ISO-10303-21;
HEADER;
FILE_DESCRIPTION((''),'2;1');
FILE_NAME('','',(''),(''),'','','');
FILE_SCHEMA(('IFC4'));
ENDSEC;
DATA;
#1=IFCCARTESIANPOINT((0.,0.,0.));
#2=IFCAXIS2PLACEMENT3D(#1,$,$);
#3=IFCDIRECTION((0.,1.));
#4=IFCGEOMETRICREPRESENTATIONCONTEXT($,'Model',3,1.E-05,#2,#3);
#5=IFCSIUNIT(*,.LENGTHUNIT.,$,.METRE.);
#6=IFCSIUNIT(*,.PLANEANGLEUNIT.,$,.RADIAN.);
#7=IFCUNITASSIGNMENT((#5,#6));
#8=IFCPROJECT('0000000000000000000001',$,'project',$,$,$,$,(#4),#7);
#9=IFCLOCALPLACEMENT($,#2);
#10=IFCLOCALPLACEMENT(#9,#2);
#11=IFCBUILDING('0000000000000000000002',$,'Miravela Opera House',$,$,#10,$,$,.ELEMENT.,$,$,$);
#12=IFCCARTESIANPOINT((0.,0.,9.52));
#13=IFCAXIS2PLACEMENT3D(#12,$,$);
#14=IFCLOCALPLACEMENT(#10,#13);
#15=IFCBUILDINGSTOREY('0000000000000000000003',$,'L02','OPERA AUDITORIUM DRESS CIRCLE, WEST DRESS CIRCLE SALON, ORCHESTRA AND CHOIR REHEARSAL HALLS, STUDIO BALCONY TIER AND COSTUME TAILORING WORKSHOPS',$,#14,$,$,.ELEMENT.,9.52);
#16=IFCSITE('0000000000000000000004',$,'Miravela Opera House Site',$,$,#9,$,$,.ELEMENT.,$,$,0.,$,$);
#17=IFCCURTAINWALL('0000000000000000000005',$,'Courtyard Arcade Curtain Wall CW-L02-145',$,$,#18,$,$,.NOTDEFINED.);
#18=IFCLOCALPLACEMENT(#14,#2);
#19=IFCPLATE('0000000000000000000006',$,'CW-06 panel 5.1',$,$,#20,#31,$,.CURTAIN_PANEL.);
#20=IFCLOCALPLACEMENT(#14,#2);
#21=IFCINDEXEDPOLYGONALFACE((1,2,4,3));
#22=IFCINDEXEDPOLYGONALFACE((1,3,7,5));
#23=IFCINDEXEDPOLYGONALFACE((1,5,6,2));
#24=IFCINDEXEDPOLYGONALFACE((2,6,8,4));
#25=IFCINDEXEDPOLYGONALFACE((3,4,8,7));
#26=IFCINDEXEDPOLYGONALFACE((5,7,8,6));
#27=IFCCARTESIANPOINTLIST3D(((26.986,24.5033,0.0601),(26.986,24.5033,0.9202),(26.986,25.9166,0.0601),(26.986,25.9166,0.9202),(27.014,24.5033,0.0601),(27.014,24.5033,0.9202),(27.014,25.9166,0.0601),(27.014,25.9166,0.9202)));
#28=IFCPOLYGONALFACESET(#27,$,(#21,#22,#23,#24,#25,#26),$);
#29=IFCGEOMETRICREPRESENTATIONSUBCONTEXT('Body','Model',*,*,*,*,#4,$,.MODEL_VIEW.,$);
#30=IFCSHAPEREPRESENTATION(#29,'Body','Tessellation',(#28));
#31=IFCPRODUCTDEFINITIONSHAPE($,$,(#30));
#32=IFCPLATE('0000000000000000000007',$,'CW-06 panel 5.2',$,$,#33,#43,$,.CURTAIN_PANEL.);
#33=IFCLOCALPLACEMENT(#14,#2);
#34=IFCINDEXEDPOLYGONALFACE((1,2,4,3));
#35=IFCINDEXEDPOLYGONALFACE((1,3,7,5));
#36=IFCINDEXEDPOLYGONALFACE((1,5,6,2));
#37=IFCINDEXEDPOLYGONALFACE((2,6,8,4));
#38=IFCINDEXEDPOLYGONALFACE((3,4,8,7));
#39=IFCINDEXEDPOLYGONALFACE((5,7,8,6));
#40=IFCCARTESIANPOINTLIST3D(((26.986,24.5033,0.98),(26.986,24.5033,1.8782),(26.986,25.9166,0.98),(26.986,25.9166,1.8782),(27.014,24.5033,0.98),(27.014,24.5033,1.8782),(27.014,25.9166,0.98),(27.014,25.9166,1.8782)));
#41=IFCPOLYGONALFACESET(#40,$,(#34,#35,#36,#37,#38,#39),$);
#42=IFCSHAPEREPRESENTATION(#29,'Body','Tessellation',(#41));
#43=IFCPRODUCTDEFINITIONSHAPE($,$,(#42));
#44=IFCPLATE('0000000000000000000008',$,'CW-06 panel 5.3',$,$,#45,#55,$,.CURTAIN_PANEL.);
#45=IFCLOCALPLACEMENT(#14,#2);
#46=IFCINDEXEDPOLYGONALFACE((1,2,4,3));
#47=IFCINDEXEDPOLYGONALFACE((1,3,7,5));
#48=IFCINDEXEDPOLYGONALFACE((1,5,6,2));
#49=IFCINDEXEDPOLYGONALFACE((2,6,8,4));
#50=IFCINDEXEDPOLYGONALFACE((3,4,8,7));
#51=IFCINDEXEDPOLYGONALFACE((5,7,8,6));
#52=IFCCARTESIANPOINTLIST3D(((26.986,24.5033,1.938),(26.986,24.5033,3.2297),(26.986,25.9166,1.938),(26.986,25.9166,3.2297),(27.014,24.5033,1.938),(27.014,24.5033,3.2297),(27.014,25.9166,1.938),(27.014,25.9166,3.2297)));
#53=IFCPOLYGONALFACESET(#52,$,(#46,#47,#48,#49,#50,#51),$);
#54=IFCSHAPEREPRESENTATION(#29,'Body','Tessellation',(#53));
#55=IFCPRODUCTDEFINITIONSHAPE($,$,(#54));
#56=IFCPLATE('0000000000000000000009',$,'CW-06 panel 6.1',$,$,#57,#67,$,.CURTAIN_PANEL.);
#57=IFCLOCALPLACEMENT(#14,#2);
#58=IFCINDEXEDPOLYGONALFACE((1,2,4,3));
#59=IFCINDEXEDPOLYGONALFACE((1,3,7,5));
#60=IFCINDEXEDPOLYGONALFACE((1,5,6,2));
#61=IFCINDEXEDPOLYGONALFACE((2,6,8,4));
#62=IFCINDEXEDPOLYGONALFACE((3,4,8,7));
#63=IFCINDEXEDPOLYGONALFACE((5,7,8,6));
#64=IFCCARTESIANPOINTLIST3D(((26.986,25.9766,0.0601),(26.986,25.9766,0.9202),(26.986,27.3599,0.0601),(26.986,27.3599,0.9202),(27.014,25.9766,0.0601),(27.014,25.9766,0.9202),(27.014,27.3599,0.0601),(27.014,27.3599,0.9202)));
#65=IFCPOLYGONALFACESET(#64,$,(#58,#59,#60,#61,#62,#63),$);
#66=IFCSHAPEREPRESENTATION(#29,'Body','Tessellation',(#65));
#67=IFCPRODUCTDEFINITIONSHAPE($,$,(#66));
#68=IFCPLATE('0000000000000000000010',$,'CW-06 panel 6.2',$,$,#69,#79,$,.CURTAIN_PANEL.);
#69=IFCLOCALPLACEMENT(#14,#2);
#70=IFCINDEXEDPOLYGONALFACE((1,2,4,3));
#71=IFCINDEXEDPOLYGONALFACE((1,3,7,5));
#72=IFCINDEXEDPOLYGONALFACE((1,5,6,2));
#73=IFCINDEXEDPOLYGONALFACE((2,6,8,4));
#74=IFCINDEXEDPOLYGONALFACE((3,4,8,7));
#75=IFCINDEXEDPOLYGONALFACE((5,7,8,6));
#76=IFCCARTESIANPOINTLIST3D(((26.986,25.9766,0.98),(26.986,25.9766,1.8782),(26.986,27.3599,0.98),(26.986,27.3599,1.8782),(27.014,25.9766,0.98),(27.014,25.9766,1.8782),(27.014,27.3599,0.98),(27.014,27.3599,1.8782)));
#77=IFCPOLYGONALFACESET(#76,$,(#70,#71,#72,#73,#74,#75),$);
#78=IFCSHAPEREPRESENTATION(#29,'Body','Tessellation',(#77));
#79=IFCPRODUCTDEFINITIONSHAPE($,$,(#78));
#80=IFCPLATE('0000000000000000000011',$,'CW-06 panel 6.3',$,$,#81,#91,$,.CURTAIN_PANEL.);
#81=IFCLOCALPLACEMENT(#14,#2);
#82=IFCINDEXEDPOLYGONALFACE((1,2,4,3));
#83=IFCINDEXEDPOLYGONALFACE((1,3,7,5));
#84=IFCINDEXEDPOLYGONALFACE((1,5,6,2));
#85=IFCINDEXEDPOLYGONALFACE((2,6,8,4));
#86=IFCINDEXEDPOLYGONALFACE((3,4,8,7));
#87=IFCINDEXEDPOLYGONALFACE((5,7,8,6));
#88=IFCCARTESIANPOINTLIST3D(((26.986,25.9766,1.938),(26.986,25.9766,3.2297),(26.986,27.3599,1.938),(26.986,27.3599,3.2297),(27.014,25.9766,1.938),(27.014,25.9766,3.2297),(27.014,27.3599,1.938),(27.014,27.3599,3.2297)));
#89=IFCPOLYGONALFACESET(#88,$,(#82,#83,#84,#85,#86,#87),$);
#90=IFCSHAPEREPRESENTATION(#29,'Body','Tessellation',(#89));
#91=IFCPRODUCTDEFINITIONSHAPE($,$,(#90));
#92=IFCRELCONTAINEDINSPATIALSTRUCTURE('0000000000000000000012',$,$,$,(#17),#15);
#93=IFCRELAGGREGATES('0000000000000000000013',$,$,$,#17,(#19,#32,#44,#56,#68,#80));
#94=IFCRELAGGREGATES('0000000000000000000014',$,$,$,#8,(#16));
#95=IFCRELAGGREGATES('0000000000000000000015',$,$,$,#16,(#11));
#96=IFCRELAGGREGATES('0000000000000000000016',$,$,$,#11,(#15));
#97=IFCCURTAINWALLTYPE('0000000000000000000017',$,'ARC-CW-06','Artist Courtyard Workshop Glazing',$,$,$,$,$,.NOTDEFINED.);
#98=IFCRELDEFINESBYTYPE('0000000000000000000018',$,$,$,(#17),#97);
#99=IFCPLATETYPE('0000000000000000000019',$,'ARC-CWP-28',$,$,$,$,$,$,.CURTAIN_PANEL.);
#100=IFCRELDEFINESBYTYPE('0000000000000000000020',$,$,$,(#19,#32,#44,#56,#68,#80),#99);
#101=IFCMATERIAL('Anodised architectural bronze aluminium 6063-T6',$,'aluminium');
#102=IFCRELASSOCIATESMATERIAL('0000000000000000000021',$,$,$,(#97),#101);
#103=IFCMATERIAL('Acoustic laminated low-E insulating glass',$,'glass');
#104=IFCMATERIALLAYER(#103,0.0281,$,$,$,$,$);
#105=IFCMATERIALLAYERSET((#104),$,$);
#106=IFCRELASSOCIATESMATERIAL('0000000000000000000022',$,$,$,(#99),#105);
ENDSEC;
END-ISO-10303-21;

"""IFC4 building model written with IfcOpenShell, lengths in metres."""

from ifc_helpers import new_model, si_unit, direction, frame, origin, origin_2d, place, context, subcontext, project, spatial, rectangle, extrude, material, layer, layer_set, type_object, element, aggregate, save


model = new_model("IFC4")

# Units and contexts
model_context = context("Model", 3, precision=1e-05, world=origin(), true_north=direction((0.0, 1.0)))
body_context = subcontext(model_context, "Body", "Model", "MODEL_VIEW")
ifc_project = project(units=[si_unit("LENGTHUNIT", "METRE"), si_unit("PLANEANGLEUNIT", "RADIAN")], contexts=[model_context])

# Site, building, storey
site_placement = place(None, origin())
site = spatial("IfcSite", under=ifc_project, at=site_placement, Name="Miravela Opera House Site", CompositionType="ELEMENT", RefElevation=0.0)
building_placement = place(site_placement, origin())
building = spatial("IfcBuilding", under=site, at=building_placement, Name="Miravela Opera House", CompositionType="ELEMENT")
storey_placement = place(building_placement, frame((0.0, 0.0, 9.52)))
storey = spatial("IfcBuildingStorey", under=building, at=storey_placement, Name="L02", Description="OPERA AUDITORIUM DRESS CIRCLE, WEST DRESS CIRCLE SALON, ORCHESTRA AND CHOIR REHEARSAL HALLS, STUDIO BALCONY TIER AND COSTUME TAILORING WORKSHOPS", CompositionType="ELEMENT", Elevation=9.52)

# Curtain wall
ifc_material_1 = material(Name="Anodised architectural bronze aluminium 6063-T6", Category="aluminium")
curtain_wall_type = type_object("IfcCurtainWallType", Name="ARC-CW-06", Description="Artist Courtyard Workshop Glazing", PredefinedType="NOTDEFINED", material=ifc_material_1)
curtain_wall_placement = place(storey_placement, origin())
curtain_wall = element("IfcCurtainWall", 1, at=curtain_wall_placement, inside=storey, type_object=curtain_wall_type, Name="Courtyard Arcade Curtain Wall CW-L02-145", PredefinedType="NOTDEFINED")

# Plates
ifc_material_2 = material(Name="Acoustic laminated low-E insulating glass", Category="glass")
ifc_layer = layer(ifc_material_2, 0.0281)
ifc_layer_set = layer_set([ifc_layer])
plate_type = type_object("IfcPlateType", Name="ARC-CWP-28", PredefinedType="CURTAIN_PANEL", material=ifc_layer_set)
plate_1_placement = place(storey_placement, frame((27.0, 25.21, 0.0601), z_axis=(0.0, 0.0, 1.0), x_axis=(0.0, 1.0, 0.0)))
plate_1 = element("IfcPlate", 2, at=plate_1_placement, type_object=plate_type, Name="CW-06 panel 5.1", PredefinedType="CURTAIN_PANEL", context=body_context, shape_type="SweptSolid", body=[
    extrude(rectangle(XDim=1.4133, YDim=0.0281, at=origin_2d()), origin(), (0.0, 0.0, 1.0), 0.8601),
])
plate_2_placement = place(storey_placement, frame((27.0, 25.21, 0.98), z_axis=(0.0, 0.0, 1.0), x_axis=(0.0, 1.0, 0.0)))
plate_2 = element("IfcPlate", 3, at=plate_2_placement, type_object=plate_type, Name="CW-06 panel 5.2", PredefinedType="CURTAIN_PANEL", context=body_context, shape_type="SweptSolid", body=[
    extrude(rectangle(XDim=1.4133, YDim=0.0281, at=origin_2d()), origin(), (0.0, 0.0, 1.0), 0.8982),
])
plate_3_placement = place(storey_placement, frame((27.0, 25.21, 1.938), z_axis=(0.0, 0.0, 1.0), x_axis=(0.0, 1.0, 0.0)))
plate_3 = element("IfcPlate", 4, at=plate_3_placement, type_object=plate_type, Name="CW-06 panel 5.3", PredefinedType="CURTAIN_PANEL", context=body_context, shape_type="SweptSolid", body=[
    extrude(rectangle(XDim=1.4133, YDim=0.0281, at=origin_2d()), origin(), (0.0, 0.0, 1.0), 1.2917),
])
plate_4_placement = place(storey_placement, frame((27.0, 26.6682, 0.0601), z_axis=(0.0, 0.0, 1.0), x_axis=(0.0, 1.0, 0.0)))
plate_4 = element("IfcPlate", 5, at=plate_4_placement, type_object=plate_type, Name="CW-06 panel 6.1", PredefinedType="CURTAIN_PANEL", context=body_context, shape_type="SweptSolid", body=[
    extrude(rectangle(XDim=1.3833, YDim=0.0281, at=origin_2d()), origin(), (0.0, 0.0, 1.0), 0.8601),
])
plate_5_placement = place(storey_placement, frame((27.0, 26.6682, 0.98), z_axis=(0.0, 0.0, 1.0), x_axis=(0.0, 1.0, 0.0)))
plate_5 = element("IfcPlate", 6, at=plate_5_placement, type_object=plate_type, Name="CW-06 panel 6.2", PredefinedType="CURTAIN_PANEL", context=body_context, shape_type="SweptSolid", body=[
    extrude(rectangle(XDim=1.3833, YDim=0.0281, at=origin_2d()), origin(), (0.0, 0.0, 1.0), 0.8982),
])
plate_6_placement = place(storey_placement, frame((27.0, 26.6682, 1.938), z_axis=(0.0, 0.0, 1.0), x_axis=(0.0, 1.0, 0.0)))
plate_6 = element("IfcPlate", 7, at=plate_6_placement, type_object=plate_type, Name="CW-06 panel 6.3", PredefinedType="CURTAIN_PANEL", context=body_context, shape_type="SweptSolid", body=[
    extrude(rectangle(XDim=1.3833, YDim=0.0281, at=origin_2d()), origin(), (0.0, 0.0, 1.0), 1.2917),
])
aggregate(curtain_wall, [plate_1, plate_2, plate_3, plate_4, plate_5, plate_6])

save(model, "model.ifc")
